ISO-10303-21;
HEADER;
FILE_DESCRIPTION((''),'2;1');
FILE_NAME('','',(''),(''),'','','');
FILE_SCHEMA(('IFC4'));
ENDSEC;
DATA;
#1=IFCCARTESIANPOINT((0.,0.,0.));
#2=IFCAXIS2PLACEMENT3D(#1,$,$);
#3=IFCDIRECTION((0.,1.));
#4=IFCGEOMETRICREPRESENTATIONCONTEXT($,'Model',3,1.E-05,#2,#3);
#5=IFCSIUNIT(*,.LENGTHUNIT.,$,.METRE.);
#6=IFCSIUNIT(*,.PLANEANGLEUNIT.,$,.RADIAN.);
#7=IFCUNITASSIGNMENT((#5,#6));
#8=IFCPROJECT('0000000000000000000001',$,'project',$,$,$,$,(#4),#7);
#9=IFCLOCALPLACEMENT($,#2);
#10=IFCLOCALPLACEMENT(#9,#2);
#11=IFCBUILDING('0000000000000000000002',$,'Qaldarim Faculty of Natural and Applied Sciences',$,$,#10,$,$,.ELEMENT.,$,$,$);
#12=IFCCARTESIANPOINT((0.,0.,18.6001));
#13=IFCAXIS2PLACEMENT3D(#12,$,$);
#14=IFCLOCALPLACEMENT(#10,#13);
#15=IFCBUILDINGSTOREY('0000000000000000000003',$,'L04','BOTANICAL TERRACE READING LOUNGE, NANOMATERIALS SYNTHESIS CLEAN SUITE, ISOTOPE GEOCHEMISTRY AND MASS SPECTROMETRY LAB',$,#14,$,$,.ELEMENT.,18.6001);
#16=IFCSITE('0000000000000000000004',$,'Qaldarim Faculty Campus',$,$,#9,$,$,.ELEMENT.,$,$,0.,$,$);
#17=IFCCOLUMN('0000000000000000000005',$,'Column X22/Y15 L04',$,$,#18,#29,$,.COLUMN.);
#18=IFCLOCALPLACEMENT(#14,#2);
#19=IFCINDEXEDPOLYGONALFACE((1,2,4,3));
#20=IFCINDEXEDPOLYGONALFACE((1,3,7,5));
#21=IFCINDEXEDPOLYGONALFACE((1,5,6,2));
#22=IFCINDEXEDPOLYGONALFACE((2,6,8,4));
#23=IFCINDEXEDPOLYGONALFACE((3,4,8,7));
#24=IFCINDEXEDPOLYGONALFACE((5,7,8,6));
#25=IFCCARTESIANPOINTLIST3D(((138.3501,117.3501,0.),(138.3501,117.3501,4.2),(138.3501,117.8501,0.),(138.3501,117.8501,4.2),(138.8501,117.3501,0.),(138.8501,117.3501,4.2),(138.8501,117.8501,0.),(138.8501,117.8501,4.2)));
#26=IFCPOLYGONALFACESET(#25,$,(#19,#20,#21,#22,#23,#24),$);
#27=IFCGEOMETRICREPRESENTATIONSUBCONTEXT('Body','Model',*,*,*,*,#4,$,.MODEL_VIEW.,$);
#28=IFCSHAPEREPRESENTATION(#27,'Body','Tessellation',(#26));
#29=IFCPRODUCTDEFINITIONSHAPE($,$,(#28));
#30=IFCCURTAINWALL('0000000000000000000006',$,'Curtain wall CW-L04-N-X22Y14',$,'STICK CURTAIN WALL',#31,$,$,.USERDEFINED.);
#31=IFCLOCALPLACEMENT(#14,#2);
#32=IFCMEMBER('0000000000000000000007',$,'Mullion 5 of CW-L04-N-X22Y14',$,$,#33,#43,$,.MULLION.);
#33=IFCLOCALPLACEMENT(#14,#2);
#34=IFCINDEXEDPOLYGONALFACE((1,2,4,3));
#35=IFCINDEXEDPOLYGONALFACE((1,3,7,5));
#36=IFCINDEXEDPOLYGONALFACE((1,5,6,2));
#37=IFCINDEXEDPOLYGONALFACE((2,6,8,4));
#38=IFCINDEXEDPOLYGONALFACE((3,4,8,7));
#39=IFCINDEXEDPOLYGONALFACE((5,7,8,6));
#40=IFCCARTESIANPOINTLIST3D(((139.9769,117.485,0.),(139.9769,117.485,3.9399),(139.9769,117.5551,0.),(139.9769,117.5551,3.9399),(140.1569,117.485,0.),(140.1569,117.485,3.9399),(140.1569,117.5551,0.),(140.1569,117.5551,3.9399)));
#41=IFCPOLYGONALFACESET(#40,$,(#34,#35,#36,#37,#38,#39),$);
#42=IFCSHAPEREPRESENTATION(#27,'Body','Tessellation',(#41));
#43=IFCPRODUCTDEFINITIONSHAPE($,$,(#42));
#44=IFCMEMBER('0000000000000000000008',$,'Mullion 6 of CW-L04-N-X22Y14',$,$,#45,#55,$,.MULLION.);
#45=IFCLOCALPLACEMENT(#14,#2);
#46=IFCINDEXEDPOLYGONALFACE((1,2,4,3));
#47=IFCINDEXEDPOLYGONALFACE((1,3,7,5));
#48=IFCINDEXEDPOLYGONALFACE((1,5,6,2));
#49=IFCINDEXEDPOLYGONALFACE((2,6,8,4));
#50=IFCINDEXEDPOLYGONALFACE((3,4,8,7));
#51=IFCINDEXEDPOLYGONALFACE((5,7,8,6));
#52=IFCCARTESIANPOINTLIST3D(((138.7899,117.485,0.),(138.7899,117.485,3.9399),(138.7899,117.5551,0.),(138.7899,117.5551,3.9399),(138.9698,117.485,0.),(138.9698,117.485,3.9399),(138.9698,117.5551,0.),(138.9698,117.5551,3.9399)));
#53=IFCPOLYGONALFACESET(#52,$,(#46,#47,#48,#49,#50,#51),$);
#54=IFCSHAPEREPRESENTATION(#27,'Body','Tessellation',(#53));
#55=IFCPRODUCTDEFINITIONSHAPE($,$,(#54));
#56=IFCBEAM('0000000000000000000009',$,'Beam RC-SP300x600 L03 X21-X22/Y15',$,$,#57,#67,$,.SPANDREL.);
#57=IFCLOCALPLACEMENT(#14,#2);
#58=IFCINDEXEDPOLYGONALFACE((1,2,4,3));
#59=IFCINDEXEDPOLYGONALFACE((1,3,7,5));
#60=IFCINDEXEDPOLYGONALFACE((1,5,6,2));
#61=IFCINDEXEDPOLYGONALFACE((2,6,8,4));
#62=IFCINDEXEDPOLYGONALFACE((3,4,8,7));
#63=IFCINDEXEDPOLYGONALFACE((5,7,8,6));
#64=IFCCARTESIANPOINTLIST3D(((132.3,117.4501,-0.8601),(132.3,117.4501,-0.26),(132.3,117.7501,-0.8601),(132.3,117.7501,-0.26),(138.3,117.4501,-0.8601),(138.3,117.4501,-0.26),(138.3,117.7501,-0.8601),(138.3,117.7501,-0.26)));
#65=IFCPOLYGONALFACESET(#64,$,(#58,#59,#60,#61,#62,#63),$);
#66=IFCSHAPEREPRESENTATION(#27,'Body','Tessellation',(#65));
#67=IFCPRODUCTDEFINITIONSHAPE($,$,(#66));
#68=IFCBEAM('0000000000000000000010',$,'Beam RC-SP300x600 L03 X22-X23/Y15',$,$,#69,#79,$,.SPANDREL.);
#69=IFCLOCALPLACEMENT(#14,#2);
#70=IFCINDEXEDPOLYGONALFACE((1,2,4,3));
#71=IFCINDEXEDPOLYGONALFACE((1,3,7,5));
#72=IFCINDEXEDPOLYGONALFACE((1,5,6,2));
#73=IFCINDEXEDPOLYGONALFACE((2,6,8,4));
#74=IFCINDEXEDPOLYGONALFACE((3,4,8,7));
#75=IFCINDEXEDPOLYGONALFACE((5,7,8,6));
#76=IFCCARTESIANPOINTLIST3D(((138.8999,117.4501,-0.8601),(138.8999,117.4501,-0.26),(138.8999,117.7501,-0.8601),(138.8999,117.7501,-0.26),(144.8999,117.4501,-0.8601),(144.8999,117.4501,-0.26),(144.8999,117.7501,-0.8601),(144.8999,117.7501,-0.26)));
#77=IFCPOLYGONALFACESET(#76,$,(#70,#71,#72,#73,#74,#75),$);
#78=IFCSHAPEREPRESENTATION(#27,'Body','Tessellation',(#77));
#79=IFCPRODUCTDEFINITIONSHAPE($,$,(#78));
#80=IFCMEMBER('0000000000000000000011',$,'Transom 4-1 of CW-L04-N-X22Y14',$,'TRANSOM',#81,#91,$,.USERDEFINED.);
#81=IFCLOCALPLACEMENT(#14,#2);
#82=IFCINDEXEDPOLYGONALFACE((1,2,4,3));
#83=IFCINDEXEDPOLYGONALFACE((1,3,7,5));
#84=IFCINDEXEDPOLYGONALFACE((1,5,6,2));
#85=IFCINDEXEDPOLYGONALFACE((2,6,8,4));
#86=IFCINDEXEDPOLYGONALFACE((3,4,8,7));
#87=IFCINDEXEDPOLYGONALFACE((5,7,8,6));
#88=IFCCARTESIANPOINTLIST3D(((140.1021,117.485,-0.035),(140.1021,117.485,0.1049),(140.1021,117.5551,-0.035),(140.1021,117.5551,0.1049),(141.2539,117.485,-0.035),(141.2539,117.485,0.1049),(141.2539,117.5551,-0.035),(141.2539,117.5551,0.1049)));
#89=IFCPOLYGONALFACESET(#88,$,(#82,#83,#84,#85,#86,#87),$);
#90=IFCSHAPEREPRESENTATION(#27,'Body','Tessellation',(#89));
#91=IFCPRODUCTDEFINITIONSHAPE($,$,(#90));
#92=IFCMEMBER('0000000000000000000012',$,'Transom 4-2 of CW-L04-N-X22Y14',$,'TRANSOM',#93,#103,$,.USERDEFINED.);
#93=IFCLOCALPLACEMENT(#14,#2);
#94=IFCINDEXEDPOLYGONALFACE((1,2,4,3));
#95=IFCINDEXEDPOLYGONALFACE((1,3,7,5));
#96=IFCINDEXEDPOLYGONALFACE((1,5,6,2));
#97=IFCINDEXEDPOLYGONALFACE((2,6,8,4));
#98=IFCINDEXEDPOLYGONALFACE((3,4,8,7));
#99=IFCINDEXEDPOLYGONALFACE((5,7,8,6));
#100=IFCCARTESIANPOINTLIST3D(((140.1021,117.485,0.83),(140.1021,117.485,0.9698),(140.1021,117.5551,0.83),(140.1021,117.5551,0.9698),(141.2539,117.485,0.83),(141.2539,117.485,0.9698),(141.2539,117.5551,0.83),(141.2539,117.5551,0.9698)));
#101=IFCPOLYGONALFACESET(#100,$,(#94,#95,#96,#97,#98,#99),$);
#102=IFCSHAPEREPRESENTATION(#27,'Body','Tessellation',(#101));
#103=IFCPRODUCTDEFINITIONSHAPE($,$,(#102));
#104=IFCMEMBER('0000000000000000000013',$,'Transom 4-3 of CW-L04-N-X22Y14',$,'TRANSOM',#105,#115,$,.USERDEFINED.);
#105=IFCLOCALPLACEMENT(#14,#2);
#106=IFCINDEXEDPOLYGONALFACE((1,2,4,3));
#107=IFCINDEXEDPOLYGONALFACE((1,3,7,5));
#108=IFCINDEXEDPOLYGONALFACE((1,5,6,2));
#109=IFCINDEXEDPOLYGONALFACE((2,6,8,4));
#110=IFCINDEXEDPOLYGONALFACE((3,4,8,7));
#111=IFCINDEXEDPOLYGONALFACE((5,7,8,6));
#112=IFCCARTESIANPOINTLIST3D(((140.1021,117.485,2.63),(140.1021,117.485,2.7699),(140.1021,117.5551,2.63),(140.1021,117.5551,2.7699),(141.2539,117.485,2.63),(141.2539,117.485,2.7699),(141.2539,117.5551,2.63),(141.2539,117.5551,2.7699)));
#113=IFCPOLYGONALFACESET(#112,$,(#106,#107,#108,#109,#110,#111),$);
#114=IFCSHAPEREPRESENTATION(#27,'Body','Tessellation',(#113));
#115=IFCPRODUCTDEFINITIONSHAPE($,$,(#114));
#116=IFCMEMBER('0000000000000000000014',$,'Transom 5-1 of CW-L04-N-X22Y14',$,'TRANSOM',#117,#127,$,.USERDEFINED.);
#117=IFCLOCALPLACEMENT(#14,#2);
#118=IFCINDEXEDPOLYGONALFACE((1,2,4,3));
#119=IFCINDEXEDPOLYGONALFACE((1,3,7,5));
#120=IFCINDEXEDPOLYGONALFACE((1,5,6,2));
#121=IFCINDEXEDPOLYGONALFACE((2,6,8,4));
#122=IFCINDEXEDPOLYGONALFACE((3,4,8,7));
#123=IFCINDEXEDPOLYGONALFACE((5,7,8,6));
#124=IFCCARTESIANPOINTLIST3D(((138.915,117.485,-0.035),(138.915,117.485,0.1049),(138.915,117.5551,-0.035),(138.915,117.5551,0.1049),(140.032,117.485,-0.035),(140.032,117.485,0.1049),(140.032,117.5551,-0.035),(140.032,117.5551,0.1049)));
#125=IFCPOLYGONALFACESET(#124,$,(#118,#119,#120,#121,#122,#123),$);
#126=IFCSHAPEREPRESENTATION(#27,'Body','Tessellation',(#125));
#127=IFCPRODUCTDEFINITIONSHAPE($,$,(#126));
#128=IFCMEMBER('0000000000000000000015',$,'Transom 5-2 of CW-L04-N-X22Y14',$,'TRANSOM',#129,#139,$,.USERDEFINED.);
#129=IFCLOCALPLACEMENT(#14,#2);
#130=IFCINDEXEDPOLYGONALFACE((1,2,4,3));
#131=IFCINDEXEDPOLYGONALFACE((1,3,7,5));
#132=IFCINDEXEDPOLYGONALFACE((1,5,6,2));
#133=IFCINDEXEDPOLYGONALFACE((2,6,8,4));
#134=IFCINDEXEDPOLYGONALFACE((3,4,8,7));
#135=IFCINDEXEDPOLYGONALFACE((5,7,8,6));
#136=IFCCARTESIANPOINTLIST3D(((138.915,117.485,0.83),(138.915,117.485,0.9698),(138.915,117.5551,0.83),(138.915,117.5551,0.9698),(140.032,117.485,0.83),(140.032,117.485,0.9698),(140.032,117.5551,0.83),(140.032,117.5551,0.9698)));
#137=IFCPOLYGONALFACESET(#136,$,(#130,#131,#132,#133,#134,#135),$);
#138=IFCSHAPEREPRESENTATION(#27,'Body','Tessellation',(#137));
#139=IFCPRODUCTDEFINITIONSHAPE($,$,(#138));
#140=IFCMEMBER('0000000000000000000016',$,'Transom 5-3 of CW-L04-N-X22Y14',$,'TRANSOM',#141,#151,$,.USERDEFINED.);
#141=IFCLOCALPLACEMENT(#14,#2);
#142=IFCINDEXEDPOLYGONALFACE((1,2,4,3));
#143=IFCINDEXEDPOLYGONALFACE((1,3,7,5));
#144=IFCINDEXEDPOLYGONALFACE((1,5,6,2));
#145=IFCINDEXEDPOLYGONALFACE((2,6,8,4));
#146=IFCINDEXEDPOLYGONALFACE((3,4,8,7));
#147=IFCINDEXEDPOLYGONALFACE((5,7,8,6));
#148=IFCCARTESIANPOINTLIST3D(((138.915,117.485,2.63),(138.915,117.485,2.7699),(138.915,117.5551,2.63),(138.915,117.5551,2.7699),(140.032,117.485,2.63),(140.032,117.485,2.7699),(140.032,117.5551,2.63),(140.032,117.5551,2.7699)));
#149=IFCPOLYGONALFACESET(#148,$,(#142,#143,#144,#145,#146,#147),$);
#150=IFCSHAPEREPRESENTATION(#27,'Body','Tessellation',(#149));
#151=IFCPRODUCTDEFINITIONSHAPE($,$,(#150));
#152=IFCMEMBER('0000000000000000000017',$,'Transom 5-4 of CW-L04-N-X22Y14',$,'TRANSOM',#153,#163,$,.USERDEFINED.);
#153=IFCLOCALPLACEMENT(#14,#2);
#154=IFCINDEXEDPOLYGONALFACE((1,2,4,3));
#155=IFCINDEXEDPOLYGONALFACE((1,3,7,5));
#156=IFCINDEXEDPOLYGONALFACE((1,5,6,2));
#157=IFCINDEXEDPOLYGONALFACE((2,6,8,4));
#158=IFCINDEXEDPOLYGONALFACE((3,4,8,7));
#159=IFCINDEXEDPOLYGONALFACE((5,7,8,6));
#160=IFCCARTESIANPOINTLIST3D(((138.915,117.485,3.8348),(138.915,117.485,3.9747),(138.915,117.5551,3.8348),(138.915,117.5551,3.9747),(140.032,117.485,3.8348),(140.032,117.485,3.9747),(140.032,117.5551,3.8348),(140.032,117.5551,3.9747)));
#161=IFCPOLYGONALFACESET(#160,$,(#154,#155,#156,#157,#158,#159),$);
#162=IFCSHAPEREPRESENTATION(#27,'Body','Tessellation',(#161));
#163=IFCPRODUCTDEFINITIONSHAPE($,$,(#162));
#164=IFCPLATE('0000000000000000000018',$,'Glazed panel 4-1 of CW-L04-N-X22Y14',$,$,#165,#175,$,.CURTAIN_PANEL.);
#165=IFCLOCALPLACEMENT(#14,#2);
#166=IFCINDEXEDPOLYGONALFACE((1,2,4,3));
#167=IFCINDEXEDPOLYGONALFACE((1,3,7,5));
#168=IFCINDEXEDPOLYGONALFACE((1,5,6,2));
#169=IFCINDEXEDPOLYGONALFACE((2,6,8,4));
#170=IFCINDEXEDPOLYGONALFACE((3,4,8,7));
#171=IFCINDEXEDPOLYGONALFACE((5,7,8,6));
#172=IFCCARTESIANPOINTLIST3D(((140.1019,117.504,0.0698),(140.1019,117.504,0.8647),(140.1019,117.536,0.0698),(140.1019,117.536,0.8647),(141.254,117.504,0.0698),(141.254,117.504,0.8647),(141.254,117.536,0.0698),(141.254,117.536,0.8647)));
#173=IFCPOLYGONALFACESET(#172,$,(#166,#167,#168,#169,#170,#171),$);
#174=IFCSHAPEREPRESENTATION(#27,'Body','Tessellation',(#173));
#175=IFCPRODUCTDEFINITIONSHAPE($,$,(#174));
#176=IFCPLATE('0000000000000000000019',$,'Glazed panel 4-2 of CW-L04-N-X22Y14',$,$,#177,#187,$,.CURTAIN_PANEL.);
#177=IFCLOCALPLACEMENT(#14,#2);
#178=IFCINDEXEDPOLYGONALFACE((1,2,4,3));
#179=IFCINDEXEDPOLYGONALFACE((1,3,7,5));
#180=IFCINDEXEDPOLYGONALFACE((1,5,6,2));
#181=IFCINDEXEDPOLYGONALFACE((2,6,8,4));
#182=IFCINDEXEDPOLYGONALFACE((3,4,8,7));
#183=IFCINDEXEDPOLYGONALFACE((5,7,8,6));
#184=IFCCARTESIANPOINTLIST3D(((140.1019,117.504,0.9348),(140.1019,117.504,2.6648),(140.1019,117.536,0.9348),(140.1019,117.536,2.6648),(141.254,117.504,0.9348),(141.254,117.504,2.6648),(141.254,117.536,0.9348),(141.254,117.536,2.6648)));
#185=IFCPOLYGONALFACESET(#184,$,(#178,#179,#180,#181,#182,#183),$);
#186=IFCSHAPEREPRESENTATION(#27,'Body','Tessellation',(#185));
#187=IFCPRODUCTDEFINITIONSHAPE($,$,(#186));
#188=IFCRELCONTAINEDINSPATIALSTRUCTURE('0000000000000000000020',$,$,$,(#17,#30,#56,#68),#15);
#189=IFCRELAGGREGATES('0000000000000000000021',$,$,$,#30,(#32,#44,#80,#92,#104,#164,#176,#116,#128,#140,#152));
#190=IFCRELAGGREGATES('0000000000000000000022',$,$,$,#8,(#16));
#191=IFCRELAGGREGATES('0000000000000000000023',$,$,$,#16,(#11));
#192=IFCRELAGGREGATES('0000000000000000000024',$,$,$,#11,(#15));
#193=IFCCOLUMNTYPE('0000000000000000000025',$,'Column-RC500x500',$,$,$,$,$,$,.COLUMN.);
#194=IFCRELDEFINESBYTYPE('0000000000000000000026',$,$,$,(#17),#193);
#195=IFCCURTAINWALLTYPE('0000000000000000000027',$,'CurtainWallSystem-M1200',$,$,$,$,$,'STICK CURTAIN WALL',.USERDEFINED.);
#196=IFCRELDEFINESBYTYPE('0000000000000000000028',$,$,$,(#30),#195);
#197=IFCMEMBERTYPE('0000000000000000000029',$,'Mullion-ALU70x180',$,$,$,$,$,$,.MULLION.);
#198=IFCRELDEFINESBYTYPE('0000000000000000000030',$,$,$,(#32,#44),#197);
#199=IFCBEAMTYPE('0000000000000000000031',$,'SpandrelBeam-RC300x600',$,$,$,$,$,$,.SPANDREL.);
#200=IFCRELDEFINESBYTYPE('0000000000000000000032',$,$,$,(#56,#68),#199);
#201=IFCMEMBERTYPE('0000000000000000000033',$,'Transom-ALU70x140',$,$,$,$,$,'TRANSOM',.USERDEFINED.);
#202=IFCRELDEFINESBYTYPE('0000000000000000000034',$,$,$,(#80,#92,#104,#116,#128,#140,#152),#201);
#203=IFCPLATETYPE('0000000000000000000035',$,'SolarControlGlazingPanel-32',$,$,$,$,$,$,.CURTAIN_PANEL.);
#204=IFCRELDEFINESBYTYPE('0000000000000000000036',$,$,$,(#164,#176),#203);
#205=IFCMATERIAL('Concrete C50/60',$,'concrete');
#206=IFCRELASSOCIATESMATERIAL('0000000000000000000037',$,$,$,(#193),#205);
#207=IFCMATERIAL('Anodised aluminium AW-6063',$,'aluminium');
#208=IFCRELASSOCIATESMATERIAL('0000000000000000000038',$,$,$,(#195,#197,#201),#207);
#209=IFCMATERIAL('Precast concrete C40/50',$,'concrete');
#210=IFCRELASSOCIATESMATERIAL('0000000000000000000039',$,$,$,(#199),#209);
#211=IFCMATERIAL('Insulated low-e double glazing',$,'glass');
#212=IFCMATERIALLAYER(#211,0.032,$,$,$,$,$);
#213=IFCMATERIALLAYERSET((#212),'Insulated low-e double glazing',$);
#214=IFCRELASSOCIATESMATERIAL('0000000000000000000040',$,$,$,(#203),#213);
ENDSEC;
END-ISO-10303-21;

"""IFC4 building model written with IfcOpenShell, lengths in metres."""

from ifc_helpers import new_model, si_unit, direction, frame, origin, origin_2d, place, context, subcontext, project, spatial, rectangle, extrude, material, layer, layer_set, material_profile, profile_set, type_object, element, aggregate, save


model = new_model("IFC4")

# Units and contexts
model_context = context("Model", 3, precision=1e-05, world=origin(), true_north=direction((0.0, 1.0)))
body_context = subcontext(model_context, "Body", "Model", "MODEL_VIEW")
ifc_project = project(units=[si_unit("LENGTHUNIT", "METRE"), si_unit("PLANEANGLEUNIT", "RADIAN")], contexts=[model_context])

# Site, building, storey
site_placement = place(None, origin())
site = spatial("IfcSite", under=ifc_project, at=site_placement, Name="Qaldarim Faculty Campus", CompositionType="ELEMENT", RefElevation=0.0)
building_placement = place(site_placement, origin())
building = spatial("IfcBuilding", under=site, at=building_placement, Name="Qaldarim Faculty of Natural and Applied Sciences", CompositionType="ELEMENT")
storey_placement = place(building_placement, frame((0.0, 0.0, 18.6001)))
storey = spatial("IfcBuildingStorey", under=building, at=storey_placement, Name="L04", Description="BOTANICAL TERRACE READING LOUNGE, NANOMATERIALS SYNTHESIS CLEAN SUITE, ISOTOPE GEOCHEMISTRY AND MASS SPECTROMETRY LAB", CompositionType="ELEMENT", Elevation=18.6001)

# Column
ifc_material_1 = material(Name="Concrete C50/60", Category="concrete")
ifc_material_profile_1 = material_profile(ifc_material_1, rectangle(XDim=0.5, YDim=0.5, at=origin_2d()), Name="RC-C500x500")
ifc_profile_set_1 = profile_set([ifc_material_profile_1], Name="Concrete C50/60")
column_type = type_object("IfcColumnType", Name="Column-RC500x500", PredefinedType="COLUMN", material=ifc_profile_set_1)
column_placement = place(storey_placement, frame((138.6001, 117.6001, 0.0), z_axis=(0.0, 0.0, 1.0), x_axis=(1.0, 0.0, 0.0)))
element("IfcColumn", 1, at=column_placement, inside=storey, type_object=column_type, Name="Column X22/Y15 L04", PredefinedType="COLUMN", context=body_context, shape_type="SweptSolid", body=[
    extrude(rectangle(XDim=0.5, YDim=0.5, at=origin_2d()), origin(), (0.0, 0.0, 1.0), 4.2),
])

# Curtain wall, members
ifc_material_2 = material(Name="Anodised aluminium AW-6063", Category="aluminium")
curtain_wall_type = type_object("IfcCurtainWallType", Name="CurtainWallSystem-M1200", ElementType="STICK CURTAIN WALL", PredefinedType="USERDEFINED", material=ifc_material_2)
curtain_wall_placement = place(storey_placement, origin())
curtain_wall = element("IfcCurtainWall", 2, at=curtain_wall_placement, inside=storey, type_object=curtain_wall_type, Name="Curtain wall CW-L04-N-X22Y14", ObjectType="STICK CURTAIN WALL", PredefinedType="USERDEFINED")
ifc_material_profile_2 = material_profile(ifc_material_2, rectangle(XDim=0.0701, YDim=0.1799, at=origin_2d()), Name="ALU-M70x180")
ifc_profile_set_2 = profile_set([ifc_material_profile_2], Name="Anodised aluminium AW-6063")
member_type_1 = type_object("IfcMemberType", Name="Mullion-ALU70x180", PredefinedType="MULLION", material=ifc_profile_set_2)
member_1_placement = place(storey_placement, frame((140.0669, 117.52, 0.0), z_axis=(0.0, 0.0, 1.0), x_axis=(0.0, -1.0, 0.0)))
member_1 = element("IfcMember", 3, at=member_1_placement, type_object=member_type_1, Name="Mullion 5 of CW-L04-N-X22Y14", PredefinedType="MULLION", context=body_context, shape_type="SweptSolid", body=[
    extrude(rectangle(XDim=0.0701, YDim=0.1799, at=origin_2d()), origin(), (0.0, 0.0, 1.0), 3.9399),
])
member_2_placement = place(storey_placement, frame((138.8799, 117.52, 0.0), z_axis=(0.0, 0.0, 1.0), x_axis=(0.0, -1.0, 0.0)))
member_2 = element("IfcMember", 4, at=member_2_placement, type_object=member_type_1, Name="Mullion 6 of CW-L04-N-X22Y14", PredefinedType="MULLION", context=body_context, shape_type="SweptSolid", body=[
    extrude(rectangle(XDim=0.0701, YDim=0.1799, at=origin_2d()), origin(), (0.0, 0.0, 1.0), 3.9399),
])

# Beams
ifc_material_3 = material(Name="Precast concrete C40/50", Category="concrete")
ifc_material_profile_3 = material_profile(ifc_material_3, rectangle(XDim=0.3, YDim=0.6001, at=origin_2d()), Name="RC-SP300x600")
ifc_profile_set_3 = profile_set([ifc_material_profile_3], Name="Precast concrete C40/50")
beam_type = type_object("IfcBeamType", Name="SpandrelBeam-RC300x600", PredefinedType="SPANDREL", material=ifc_profile_set_3)
for number, where, z_axis, x_axis, name in (
    (5, (132.3, 117.6001, -0.5601), (1.0, 0.0, 0.0), (0.0, 1.0, 0.0), "Beam RC-SP300x600 L03 X21-X22/Y15"),
    (6, (138.8999, 117.6001, -0.5601), (1.0, 0.0, 0.0), (0.0, 1.0, 0.0), "Beam RC-SP300x600 L03 X22-X23/Y15"),
):
    element("IfcBeam", number, at=place(storey_placement, frame(where, z_axis=z_axis, x_axis=x_axis)), inside=storey, type_object=beam_type, Name=name, PredefinedType="SPANDREL", context=body_context, shape_type="SweptSolid", body=[
        extrude(rectangle(XDim=0.3, YDim=0.6001, at=origin_2d()), origin(), (0.0, 0.0, 1.0), 6.0),
    ])

# Members
ifc_material_profile_4 = material_profile(ifc_material_2, rectangle(XDim=0.0701, YDim=0.1399, at=origin_2d()), Name="ALU-T70x140")
ifc_profile_set_4 = profile_set([ifc_material_profile_4], Name="Anodised aluminium AW-6063")
member_type_2 = type_object("IfcMemberType", Name="Transom-ALU70x140", ElementType="TRANSOM", PredefinedType="USERDEFINED", material=ifc_profile_set_4)
member_3_placement = place(storey_placement, frame((141.2539, 117.52, 0.0349), z_axis=(-1.0, 0.0, 0.0), x_axis=(0.0, -1.0, 0.0)))
member_3 = element("IfcMember", 7, at=member_3_placement, type_object=member_type_2, Name="Transom 4-1 of CW-L04-N-X22Y14", ObjectType="TRANSOM", PredefinedType="USERDEFINED", context=body_context, shape_type="SweptSolid", body=[
    extrude(rectangle(XDim=0.0701, YDim=0.1399, at=origin_2d()), origin(), (0.0, 0.0, 1.0), 1.1519),
])
member_4_placement = place(storey_placement, frame((141.2539, 117.52, 0.8999), z_axis=(-1.0, 0.0, 0.0), x_axis=(0.0, -1.0, 0.0)))
member_4 = element("IfcMember", 8, at=member_4_placement, type_object=member_type_2, Name="Transom 4-2 of CW-L04-N-X22Y14", ObjectType="TRANSOM", PredefinedType="USERDEFINED", context=body_context, shape_type="SweptSolid", body=[
    extrude(rectangle(XDim=0.0701, YDim=0.1399, at=origin_2d()), origin(), (0.0, 0.0, 1.0), 1.1519),
])
member_5_placement = place(storey_placement, frame((141.2539, 117.52, 2.7), z_axis=(-1.0, 0.0, 0.0), x_axis=(0.0, -1.0, 0.0)))
member_5 = element("IfcMember", 9, at=member_5_placement, type_object=member_type_2, Name="Transom 4-3 of CW-L04-N-X22Y14", ObjectType="TRANSOM", PredefinedType="USERDEFINED", context=body_context, shape_type="SweptSolid", body=[
    extrude(rectangle(XDim=0.0701, YDim=0.1399, at=origin_2d()), origin(), (0.0, 0.0, 1.0), 1.1519),
])
member_6_placement = place(storey_placement, frame((140.032, 117.52, 0.0349), z_axis=(-1.0, 0.0, 0.0), x_axis=(0.0, -1.0, 0.0)))
member_6 = element("IfcMember", 10, at=member_6_placement, type_object=member_type_2, Name="Transom 5-1 of CW-L04-N-X22Y14", ObjectType="TRANSOM", PredefinedType="USERDEFINED", context=body_context, shape_type="SweptSolid", body=[
    extrude(rectangle(XDim=0.0701, YDim=0.1399, at=origin_2d()), origin(), (0.0, 0.0, 1.0), 1.1169),
])
member_7_placement = place(storey_placement, frame((140.032, 117.52, 0.8999), z_axis=(-1.0, 0.0, 0.0), x_axis=(0.0, -1.0, 0.0)))
member_7 = element("IfcMember", 11, at=member_7_placement, type_object=member_type_2, Name="Transom 5-2 of CW-L04-N-X22Y14", ObjectType="TRANSOM", PredefinedType="USERDEFINED", context=body_context, shape_type="SweptSolid", body=[
    extrude(rectangle(XDim=0.0701, YDim=0.1399, at=origin_2d()), origin(), (0.0, 0.0, 1.0), 1.1169),
])
member_8_placement = place(storey_placement, frame((140.032, 117.52, 2.7), z_axis=(-1.0, 0.0, 0.0), x_axis=(0.0, -1.0, 0.0)))
member_8 = element("IfcMember", 12, at=member_8_placement, type_object=member_type_2, Name="Transom 5-3 of CW-L04-N-X22Y14", ObjectType="TRANSOM", PredefinedType="USERDEFINED", context=body_context, shape_type="SweptSolid", body=[
    extrude(rectangle(XDim=0.0701, YDim=0.1399, at=origin_2d()), origin(), (0.0, 0.0, 1.0), 1.1169),
])
member_9_placement = place(storey_placement, frame((140.032, 117.52, 3.9048), z_axis=(-1.0, 0.0, 0.0), x_axis=(0.0, -1.0, 0.0)))
member_9 = element("IfcMember", 13, at=member_9_placement, type_object=member_type_2, Name="Transom 5-4 of CW-L04-N-X22Y14", ObjectType="TRANSOM", PredefinedType="USERDEFINED", context=body_context, shape_type="SweptSolid", body=[
    extrude(rectangle(XDim=0.0701, YDim=0.1399, at=origin_2d()), origin(), (0.0, 0.0, 1.0), 1.1169),
])

# Plates
ifc_material_4 = material(Name="Insulated low-e double glazing", Category="glass")
ifc_layer_1 = layer(ifc_material_4, 0.032)
ifc_layer_set_1 = layer_set([ifc_layer_1], Name="Insulated low-e double glazing")
plate_type = type_object("IfcPlateType", Name="SolarControlGlazingPanel-32", PredefinedType="CURTAIN_PANEL", material=ifc_layer_set_1)
plate_1_placement = place(storey_placement, frame((140.678, 117.52, 0.0698), z_axis=(0.0, 0.0, 1.0), x_axis=(-1.0, 0.0, 0.0)))
plate_1 = element("IfcPlate", 14, at=plate_1_placement, type_object=plate_type, Name="Glazed panel 4-1 of CW-L04-N-X22Y14", PredefinedType="CURTAIN_PANEL", context=body_context, shape_type="SweptSolid", body=[
    extrude(rectangle(XDim=1.1521, YDim=0.032, at=origin_2d()), origin(), (0.0, 0.0, 1.0), 0.7949),
])
plate_2_placement = place(storey_placement, frame((140.678, 117.52, 0.9348), z_axis=(0.0, 0.0, 1.0), x_axis=(-1.0, 0.0, 0.0)))
plate_2 = element("IfcPlate", 15, at=plate_2_placement, type_object=plate_type, Name="Glazed panel 4-2 of CW-L04-N-X22Y14", PredefinedType="CURTAIN_PANEL", context=body_context, shape_type="SweptSolid", body=[
    extrude(rectangle(XDim=1.1521, YDim=0.032, at=origin_2d()), origin(), (0.0, 0.0, 1.0), 1.73),
])
aggregate(curtain_wall, [member_1, member_2, member_3, member_4, member_5, plate_1, plate_2, member_6, member_7, member_8, member_9])

save(model, "model.ifc")
